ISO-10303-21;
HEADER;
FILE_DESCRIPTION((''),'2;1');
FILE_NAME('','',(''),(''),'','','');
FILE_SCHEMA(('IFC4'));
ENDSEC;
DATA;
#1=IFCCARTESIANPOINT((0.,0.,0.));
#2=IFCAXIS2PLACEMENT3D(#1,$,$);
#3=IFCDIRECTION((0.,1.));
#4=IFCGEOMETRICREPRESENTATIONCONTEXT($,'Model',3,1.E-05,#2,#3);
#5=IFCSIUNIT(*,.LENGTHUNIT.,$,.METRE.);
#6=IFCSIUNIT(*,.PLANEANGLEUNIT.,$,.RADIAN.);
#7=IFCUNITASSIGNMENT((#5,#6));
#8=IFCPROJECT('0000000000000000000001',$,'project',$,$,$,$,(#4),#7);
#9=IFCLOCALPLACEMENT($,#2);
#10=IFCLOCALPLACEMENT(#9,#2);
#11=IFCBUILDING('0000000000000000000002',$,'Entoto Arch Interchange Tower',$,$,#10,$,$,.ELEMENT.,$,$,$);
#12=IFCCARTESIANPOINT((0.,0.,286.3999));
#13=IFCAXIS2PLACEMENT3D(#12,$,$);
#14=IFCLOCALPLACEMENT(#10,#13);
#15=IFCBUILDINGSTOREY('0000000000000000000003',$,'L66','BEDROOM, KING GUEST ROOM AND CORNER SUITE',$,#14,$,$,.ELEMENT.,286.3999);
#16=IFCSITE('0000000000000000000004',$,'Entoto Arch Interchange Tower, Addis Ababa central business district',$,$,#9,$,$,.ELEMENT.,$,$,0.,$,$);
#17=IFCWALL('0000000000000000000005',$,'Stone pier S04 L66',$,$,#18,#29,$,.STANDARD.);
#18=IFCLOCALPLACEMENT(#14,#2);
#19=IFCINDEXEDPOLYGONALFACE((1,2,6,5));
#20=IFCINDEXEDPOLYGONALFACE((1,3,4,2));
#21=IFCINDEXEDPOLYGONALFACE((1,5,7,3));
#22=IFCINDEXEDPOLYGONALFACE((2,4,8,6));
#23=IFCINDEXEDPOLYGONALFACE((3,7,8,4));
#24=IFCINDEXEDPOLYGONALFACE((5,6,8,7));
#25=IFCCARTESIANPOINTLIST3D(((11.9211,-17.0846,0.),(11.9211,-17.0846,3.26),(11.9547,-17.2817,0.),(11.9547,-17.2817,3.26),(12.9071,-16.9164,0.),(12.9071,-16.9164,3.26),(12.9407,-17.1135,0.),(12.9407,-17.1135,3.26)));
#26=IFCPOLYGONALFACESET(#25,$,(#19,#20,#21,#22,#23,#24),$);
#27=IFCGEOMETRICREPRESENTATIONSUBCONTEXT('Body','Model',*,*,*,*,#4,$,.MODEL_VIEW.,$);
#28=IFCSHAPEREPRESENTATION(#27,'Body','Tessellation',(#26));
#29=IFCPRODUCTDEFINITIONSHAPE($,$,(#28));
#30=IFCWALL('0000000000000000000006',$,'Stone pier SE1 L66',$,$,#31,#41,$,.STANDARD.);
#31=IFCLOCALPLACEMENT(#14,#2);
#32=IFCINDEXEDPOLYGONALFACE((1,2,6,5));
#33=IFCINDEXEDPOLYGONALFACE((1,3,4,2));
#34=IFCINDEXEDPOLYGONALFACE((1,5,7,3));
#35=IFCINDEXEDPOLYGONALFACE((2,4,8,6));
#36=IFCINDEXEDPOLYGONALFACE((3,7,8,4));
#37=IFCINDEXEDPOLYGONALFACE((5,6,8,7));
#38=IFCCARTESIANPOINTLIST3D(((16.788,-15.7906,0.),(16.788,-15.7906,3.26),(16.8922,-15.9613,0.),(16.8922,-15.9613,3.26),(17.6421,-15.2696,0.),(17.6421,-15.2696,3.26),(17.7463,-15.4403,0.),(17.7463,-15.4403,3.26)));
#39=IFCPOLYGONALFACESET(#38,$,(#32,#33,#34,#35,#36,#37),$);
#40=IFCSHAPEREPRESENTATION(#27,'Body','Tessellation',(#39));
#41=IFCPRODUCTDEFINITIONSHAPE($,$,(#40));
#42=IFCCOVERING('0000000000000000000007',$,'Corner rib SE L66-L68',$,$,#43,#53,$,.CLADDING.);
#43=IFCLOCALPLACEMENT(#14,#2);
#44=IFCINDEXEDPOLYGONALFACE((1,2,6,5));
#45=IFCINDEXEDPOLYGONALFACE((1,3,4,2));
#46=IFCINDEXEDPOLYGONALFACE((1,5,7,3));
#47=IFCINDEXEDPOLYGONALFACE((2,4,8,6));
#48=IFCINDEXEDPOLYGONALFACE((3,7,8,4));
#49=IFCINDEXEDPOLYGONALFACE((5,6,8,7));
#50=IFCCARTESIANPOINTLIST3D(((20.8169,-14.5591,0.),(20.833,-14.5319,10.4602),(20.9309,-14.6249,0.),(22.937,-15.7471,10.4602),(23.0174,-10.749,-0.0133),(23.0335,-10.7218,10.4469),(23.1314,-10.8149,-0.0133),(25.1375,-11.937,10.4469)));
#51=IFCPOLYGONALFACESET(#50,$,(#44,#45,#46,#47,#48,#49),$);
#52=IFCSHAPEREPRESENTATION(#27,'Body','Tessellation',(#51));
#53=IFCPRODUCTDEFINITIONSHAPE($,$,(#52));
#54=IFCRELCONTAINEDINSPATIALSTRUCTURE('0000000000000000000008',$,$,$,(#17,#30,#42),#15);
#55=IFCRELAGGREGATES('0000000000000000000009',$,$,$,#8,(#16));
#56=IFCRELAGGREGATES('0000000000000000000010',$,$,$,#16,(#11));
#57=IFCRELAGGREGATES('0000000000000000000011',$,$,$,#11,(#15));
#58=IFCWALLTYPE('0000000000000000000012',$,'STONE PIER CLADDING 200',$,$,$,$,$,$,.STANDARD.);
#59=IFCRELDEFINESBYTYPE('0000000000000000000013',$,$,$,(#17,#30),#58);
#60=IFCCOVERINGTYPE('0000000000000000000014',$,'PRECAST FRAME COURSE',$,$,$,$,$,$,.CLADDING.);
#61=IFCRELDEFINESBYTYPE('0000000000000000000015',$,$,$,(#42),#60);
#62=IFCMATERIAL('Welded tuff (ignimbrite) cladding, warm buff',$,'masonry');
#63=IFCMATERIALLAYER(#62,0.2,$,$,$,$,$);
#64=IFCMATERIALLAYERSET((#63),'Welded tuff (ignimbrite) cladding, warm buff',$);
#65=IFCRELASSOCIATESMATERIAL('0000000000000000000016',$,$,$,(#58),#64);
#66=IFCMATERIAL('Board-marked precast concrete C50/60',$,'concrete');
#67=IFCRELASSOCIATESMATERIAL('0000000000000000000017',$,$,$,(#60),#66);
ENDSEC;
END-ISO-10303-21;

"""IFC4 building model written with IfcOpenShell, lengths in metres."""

from ifc_helpers import new_model, si_unit, direction, frame, frame_2d, origin, place, context, subcontext, project, spatial, polyline, rectangle, outline, extrude, material, layer, layer_set, type_object, element, save


model = new_model("IFC4")

# Units and contexts
model_context = context("Model", 3, precision=1e-05, world=origin(), true_north=direction((0.0, 1.0)))
body_context = subcontext(model_context, "Body", "Model", "MODEL_VIEW")
ifc_project = project(units=[si_unit("LENGTHUNIT", "METRE"), si_unit("PLANEANGLEUNIT", "RADIAN")], contexts=[model_context])

# Site, building, storey
site_placement = place(None, origin())
site = spatial("IfcSite", under=ifc_project, at=site_placement, Name="Entoto Arch Interchange Tower, Addis Ababa central business district", CompositionType="ELEMENT", RefElevation=0.0)
building_placement = place(site_placement, origin())
building = spatial("IfcBuilding", under=site, at=building_placement, Name="Entoto Arch Interchange Tower", CompositionType="ELEMENT")
storey_placement = place(building_placement, frame((0.0, 0.0, 286.3999)))
storey = spatial("IfcBuildingStorey", under=building, at=storey_placement, Name="L66", Description="BEDROOM, KING GUEST ROOM AND CORNER SUITE", CompositionType="ELEMENT", Elevation=286.3999)

# Shared definitions
ifc_material_1 = material(Name="Welded tuff (ignimbrite) cladding, warm buff", Category="masonry")

# Walls
ifc_layer_1 = layer(ifc_material_1, 0.2)
ifc_layer_set_1 = layer_set([ifc_layer_1], Name="Welded tuff (ignimbrite) cladding, warm buff")
wall_type_1 = type_object("IfcWallType", Name="STONE PIER CLADDING 200", PredefinedType="STANDARD", material=ifc_layer_set_1)
wall_1_placement = place(storey_placement, frame((11.938, -17.1831, 0.0), z_axis=(0.0, 0.0, 1.0), x_axis=(0.98576, 0.168158, 0.0)))
element("IfcWall", 1, at=wall_1_placement, inside=storey, type_object=wall_type_1, Name="Stone pier S04 L66", PredefinedType="STANDARD", context=body_context, shape_type="SweptSolid", body=[
    extrude(rectangle(XDim=1.0002, YDim=0.2, at=frame_2d((0.5, 0.0))), origin(), (0.0, 0.0, 1.0), 3.26),
])
wall_2_placement = place(storey_placement, frame((16.8401, -15.876, 0.0), z_axis=(0.0, 0.0, 1.0), x_axis=(0.85368, 0.520798, 0.0)))
element("IfcWall", 2, at=wall_2_placement, inside=storey, type_object=wall_type_1, Name="Stone pier SE1 L66", PredefinedType="STANDARD", context=body_context, shape_type="SweptSolid", body=[
    extrude(rectangle(XDim=1.0005, YDim=0.2, at=frame_2d((0.5002, 0.0))), origin(), (0.0, 0.0, 1.0), 3.26),
])

# Covering
ifc_material_2 = material(Name="Board-marked precast concrete C50/60", Category="concrete")
covering_type = type_object("IfcCoveringType", Name="PRECAST FRAME COURSE", PredefinedType="CLADDING", material=ifc_material_2)
covering_placement = place(storey_placement, frame((20.8169, -14.5591, 0.0), z_axis=(-0.500124, -0.865948, 0.00302), x_axis=(0.865952, -0.500127, -0.000001)))
element("IfcCovering", 3, at=covering_placement, inside=storey, type_object=covering_type, Name="Corner rib SE L66-L68", PredefinedType="CLADDING", context=body_context, shape_type="SweptSolid", body=[
    extrude(outline(polyline([(0.0, 0.0), (0.1317, 0.0), (2.4301, 10.4603), (0.0004, 10.4603), (0.0, 0.0)])), origin(), (0.0, 0.0, -1.0), 4.3999),
])

save(model, "model.ifc")
